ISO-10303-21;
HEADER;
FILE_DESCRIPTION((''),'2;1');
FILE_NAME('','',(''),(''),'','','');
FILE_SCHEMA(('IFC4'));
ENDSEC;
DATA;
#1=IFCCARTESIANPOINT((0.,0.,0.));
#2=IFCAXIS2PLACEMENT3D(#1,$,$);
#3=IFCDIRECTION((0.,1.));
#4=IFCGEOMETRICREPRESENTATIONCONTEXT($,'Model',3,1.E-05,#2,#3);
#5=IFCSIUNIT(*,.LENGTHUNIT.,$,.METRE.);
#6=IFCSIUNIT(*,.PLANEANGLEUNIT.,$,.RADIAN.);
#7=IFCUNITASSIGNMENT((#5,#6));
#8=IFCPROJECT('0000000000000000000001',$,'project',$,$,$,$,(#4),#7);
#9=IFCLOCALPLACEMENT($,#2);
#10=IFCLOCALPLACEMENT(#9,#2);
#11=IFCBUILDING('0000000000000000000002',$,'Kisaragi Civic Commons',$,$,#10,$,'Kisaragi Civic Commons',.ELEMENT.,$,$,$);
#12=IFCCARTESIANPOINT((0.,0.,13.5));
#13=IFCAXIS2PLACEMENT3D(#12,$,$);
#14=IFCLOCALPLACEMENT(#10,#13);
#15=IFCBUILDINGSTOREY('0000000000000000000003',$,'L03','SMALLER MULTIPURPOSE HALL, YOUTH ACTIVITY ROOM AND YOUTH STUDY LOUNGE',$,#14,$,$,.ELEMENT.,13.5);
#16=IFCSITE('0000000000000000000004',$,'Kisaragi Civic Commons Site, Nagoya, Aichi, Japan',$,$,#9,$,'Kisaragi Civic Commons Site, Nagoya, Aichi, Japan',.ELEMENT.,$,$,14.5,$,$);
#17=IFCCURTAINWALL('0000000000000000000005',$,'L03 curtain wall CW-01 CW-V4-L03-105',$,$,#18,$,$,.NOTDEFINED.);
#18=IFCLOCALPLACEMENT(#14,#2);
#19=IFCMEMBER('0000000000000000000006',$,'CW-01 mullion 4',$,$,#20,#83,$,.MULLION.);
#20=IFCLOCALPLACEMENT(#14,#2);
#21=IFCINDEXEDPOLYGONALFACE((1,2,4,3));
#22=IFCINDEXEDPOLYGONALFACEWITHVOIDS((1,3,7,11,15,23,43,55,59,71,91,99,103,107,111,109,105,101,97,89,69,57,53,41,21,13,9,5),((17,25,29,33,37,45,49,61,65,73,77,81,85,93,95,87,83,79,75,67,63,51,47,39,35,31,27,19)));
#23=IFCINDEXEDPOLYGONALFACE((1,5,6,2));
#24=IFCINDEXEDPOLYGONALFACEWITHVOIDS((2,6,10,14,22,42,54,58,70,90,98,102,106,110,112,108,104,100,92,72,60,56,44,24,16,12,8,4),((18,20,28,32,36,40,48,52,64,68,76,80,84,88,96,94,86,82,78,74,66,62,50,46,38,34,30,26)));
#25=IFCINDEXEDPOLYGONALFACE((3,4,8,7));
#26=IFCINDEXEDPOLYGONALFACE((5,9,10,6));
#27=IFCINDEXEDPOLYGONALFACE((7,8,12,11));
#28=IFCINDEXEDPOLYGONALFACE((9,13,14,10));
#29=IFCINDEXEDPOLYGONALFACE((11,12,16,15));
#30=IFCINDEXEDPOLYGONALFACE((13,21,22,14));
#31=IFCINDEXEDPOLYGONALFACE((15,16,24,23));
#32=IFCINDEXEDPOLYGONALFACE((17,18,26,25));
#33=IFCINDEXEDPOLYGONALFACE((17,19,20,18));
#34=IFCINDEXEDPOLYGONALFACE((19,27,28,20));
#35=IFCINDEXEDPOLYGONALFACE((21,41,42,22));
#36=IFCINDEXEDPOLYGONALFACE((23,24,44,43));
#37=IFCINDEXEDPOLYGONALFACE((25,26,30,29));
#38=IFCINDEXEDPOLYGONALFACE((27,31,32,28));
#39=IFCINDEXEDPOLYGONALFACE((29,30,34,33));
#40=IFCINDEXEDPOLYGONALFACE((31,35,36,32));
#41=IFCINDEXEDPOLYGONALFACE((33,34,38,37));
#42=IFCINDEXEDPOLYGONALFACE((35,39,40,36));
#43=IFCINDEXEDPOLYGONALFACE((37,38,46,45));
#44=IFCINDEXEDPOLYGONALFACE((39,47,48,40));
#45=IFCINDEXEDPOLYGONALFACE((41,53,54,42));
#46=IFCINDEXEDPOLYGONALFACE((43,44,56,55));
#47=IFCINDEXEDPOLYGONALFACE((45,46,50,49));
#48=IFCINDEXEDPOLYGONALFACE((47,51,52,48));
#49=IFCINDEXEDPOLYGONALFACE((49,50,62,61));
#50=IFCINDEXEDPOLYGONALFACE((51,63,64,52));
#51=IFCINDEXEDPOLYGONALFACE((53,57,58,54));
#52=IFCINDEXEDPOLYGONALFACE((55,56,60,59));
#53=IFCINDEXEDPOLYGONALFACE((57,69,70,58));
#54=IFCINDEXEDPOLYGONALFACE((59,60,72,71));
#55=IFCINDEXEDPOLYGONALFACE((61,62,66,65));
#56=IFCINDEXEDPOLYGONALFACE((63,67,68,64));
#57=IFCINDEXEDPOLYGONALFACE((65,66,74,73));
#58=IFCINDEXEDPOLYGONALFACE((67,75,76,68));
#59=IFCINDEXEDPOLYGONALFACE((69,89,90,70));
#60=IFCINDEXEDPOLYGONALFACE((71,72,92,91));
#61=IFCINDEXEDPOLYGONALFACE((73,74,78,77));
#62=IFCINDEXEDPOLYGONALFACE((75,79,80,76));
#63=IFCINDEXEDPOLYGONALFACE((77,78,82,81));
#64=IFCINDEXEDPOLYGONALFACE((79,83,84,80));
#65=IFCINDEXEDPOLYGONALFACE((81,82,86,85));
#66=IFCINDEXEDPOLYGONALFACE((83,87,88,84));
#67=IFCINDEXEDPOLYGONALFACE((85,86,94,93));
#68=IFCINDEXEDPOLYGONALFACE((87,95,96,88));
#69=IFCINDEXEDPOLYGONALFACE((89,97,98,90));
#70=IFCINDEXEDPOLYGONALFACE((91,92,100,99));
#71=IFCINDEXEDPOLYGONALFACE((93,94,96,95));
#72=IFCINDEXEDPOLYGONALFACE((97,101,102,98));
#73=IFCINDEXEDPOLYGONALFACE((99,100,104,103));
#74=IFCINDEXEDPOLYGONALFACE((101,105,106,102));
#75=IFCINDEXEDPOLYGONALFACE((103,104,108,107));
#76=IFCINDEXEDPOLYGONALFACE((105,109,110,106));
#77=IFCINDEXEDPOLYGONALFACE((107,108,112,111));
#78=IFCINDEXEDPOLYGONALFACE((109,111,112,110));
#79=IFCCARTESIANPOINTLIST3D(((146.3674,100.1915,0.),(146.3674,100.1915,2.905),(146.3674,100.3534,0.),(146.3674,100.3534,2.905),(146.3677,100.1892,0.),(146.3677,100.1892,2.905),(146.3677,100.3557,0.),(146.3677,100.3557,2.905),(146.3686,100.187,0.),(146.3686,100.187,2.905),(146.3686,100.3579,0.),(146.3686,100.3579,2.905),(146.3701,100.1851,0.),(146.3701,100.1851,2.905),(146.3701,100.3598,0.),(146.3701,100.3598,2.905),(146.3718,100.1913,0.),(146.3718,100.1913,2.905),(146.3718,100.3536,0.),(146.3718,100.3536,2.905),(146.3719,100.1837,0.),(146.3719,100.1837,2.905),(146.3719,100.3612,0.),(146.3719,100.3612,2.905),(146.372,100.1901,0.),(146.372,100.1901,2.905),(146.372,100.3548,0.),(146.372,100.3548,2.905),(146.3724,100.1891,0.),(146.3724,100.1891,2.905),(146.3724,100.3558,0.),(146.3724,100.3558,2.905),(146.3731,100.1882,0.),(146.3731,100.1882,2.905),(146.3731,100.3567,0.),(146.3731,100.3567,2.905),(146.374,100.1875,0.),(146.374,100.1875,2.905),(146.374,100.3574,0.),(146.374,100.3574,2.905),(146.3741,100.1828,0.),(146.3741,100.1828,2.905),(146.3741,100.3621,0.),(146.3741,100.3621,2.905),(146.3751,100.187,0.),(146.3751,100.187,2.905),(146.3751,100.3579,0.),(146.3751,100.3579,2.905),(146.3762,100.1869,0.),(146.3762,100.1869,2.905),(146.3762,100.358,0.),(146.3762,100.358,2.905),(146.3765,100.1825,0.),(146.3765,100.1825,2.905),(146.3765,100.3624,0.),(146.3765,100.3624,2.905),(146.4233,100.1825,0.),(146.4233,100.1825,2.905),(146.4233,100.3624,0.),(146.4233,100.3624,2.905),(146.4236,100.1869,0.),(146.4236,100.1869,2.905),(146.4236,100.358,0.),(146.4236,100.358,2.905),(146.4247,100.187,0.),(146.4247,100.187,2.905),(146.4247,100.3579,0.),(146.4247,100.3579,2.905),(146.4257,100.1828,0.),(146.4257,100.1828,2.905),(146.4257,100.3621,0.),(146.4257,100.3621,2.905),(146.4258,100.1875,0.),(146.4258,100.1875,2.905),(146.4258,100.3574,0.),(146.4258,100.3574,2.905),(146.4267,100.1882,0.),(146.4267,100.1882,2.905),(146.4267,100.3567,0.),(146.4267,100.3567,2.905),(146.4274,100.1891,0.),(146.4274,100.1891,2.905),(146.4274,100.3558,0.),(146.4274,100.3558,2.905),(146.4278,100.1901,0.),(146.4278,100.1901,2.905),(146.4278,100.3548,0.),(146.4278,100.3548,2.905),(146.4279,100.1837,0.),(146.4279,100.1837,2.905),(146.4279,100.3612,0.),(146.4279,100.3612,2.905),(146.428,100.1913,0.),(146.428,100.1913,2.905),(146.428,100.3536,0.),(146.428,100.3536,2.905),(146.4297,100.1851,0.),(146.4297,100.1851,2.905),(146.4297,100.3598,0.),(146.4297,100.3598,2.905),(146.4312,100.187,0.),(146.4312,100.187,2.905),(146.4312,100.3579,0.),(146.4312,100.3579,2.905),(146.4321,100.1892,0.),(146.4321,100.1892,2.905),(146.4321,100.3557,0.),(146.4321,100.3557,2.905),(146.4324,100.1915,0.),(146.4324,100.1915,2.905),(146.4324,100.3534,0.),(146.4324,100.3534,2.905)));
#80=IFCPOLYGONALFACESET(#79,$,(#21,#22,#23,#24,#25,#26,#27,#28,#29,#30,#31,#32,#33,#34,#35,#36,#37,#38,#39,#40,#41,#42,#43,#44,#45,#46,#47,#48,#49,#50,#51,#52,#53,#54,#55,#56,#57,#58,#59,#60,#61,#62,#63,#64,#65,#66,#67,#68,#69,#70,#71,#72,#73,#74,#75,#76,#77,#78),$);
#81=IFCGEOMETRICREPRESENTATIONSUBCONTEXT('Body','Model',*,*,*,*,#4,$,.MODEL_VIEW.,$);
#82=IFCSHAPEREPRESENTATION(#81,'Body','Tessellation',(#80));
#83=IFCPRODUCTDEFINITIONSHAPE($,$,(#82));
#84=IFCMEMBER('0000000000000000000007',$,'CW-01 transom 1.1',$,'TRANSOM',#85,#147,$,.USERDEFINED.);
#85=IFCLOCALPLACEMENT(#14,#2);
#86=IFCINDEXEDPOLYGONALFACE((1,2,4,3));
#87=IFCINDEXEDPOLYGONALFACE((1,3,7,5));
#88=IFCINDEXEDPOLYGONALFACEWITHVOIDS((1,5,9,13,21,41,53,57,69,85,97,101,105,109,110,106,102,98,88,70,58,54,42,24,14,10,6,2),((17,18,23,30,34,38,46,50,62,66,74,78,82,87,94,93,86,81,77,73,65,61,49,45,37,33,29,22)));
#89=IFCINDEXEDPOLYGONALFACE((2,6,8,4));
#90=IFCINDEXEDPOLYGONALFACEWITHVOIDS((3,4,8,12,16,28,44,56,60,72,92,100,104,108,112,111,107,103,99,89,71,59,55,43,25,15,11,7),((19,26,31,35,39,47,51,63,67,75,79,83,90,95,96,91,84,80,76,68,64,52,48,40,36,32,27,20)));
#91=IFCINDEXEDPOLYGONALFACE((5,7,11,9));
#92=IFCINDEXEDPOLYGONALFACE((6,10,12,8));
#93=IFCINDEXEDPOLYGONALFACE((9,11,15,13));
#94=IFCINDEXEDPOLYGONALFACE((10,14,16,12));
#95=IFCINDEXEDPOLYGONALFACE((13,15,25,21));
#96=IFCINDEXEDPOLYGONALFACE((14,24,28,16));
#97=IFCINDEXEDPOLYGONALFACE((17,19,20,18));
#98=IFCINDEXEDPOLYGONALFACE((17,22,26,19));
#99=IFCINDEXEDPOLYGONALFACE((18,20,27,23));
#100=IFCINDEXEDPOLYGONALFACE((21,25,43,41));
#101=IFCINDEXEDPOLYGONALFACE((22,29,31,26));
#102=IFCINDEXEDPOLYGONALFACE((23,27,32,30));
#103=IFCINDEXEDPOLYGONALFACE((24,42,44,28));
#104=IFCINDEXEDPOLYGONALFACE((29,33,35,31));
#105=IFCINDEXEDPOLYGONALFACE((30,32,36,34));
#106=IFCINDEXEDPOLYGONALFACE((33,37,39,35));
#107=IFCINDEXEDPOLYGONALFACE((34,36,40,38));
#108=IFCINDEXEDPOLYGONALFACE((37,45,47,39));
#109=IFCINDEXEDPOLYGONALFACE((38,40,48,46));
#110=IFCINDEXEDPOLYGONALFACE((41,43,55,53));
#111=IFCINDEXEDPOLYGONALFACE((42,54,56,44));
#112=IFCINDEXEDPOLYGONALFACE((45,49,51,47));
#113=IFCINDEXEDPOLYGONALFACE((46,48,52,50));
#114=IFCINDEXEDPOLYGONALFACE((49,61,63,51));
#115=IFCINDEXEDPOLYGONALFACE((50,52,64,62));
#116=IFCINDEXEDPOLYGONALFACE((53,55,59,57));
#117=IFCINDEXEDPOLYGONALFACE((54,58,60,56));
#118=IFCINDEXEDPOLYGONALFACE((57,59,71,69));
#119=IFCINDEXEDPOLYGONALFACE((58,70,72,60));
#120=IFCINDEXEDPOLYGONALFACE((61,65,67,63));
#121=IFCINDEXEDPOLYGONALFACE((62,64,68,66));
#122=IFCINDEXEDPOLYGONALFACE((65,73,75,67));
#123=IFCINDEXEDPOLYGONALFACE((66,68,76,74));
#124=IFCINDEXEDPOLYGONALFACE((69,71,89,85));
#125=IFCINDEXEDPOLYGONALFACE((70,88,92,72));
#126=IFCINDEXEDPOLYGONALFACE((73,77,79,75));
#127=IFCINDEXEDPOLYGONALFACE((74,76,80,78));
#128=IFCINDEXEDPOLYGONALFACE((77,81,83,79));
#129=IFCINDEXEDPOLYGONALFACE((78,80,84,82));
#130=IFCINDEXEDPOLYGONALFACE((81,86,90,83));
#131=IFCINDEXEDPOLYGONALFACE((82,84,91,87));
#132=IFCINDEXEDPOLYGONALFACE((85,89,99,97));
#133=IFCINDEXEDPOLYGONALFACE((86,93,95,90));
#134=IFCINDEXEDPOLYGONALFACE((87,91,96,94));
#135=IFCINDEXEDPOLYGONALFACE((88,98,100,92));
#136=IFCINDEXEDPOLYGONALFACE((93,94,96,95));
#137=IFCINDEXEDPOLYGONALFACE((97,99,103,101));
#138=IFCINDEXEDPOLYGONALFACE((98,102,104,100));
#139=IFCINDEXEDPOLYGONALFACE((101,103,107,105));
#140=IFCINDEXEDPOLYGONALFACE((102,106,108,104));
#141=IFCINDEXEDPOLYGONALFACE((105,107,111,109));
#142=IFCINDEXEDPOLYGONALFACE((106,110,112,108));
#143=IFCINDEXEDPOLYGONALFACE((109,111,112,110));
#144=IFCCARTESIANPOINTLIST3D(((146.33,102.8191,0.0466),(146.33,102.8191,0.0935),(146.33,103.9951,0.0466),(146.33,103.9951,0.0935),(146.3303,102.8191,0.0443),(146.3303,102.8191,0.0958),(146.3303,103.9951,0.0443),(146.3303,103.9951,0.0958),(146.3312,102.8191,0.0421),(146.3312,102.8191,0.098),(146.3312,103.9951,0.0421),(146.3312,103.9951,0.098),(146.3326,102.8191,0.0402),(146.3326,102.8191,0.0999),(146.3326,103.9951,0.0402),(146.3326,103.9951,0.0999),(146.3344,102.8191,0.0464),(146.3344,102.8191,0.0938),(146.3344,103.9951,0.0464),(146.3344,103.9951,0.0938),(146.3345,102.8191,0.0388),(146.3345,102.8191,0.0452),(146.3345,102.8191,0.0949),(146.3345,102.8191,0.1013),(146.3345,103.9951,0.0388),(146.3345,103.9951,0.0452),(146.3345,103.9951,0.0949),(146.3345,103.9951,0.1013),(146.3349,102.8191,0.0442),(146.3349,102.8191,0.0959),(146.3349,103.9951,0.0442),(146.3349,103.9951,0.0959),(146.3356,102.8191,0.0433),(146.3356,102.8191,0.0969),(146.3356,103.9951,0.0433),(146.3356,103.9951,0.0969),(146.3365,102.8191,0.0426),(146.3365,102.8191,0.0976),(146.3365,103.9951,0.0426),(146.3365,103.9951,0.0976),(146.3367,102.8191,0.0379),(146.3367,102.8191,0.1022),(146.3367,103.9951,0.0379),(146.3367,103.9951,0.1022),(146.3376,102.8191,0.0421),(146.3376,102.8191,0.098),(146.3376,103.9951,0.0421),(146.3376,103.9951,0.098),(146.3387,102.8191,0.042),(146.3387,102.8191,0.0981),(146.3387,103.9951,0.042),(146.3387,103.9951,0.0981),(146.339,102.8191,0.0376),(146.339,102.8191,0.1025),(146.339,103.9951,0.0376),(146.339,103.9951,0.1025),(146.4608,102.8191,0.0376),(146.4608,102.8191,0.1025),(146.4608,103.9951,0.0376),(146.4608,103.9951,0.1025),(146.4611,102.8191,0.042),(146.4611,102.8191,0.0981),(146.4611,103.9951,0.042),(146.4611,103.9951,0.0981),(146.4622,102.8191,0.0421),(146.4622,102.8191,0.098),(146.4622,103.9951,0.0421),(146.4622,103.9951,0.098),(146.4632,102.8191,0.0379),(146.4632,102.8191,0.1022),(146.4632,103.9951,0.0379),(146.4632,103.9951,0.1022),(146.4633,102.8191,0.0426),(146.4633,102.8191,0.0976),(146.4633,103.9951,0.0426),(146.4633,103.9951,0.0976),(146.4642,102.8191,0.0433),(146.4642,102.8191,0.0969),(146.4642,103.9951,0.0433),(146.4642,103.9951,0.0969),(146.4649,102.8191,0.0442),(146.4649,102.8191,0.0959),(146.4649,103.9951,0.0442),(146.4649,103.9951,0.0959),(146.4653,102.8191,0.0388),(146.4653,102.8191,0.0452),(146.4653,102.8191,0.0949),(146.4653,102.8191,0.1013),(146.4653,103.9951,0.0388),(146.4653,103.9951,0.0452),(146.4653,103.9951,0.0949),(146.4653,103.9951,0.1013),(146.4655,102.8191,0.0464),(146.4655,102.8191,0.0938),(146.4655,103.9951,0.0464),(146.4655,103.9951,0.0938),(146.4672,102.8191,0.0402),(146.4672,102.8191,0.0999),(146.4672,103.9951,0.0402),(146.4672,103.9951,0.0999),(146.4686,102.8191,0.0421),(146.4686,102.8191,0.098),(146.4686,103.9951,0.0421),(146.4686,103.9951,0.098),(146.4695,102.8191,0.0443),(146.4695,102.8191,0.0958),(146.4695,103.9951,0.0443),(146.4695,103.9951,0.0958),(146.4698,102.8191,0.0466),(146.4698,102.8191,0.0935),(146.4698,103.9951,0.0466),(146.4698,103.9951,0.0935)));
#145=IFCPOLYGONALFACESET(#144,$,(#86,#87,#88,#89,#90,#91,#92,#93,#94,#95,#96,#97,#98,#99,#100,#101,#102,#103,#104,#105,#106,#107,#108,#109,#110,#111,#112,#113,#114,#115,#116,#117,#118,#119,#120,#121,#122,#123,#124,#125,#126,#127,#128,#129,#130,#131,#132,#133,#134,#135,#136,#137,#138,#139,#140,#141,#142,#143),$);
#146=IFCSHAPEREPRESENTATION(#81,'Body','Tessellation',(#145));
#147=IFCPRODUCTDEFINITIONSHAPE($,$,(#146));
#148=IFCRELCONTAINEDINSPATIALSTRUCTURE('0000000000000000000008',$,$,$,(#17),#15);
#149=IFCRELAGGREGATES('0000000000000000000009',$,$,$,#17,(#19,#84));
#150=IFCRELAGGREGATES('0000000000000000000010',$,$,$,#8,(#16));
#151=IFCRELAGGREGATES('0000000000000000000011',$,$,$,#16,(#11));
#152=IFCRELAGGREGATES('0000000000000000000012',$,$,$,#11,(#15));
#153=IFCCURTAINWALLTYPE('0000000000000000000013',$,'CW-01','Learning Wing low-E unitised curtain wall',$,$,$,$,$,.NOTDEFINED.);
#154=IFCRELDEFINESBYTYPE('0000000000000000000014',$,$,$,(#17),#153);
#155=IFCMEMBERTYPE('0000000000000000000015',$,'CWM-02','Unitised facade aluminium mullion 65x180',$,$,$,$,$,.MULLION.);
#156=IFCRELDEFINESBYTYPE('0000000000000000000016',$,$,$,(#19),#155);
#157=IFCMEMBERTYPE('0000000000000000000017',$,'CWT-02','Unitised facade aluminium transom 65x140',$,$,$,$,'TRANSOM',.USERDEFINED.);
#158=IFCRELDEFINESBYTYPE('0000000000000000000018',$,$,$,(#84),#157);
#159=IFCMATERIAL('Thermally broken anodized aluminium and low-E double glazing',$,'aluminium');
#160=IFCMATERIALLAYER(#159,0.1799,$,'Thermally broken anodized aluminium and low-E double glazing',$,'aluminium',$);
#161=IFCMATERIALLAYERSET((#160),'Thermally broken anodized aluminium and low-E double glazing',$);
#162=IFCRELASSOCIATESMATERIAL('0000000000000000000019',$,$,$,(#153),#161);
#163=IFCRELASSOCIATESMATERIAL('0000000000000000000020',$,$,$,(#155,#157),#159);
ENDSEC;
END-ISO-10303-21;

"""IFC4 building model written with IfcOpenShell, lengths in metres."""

from ifc_helpers import new_model, si_unit, direction, frame, origin, origin_2d, place, context, subcontext, project, spatial, hollow_rectangle, extrude, material, layer, layer_set, material_profile, profile_set, type_object, element, aggregate, save


model = new_model("IFC4")

# Units and contexts
model_context = context("Model", 3, precision=1e-05, world=origin(), true_north=direction((0.0, 1.0)))
body_context = subcontext(model_context, "Body", "Model", "MODEL_VIEW")
ifc_project = project(units=[si_unit("LENGTHUNIT", "METRE"), si_unit("PLANEANGLEUNIT", "RADIAN")], contexts=[model_context])

# Site, building, storey
site_placement = place(None, origin())
site = spatial("IfcSite", under=ifc_project, at=site_placement, Name="Kisaragi Civic Commons Site, Nagoya, Aichi, Japan", LongName="Kisaragi Civic Commons Site, Nagoya, Aichi, Japan", CompositionType="ELEMENT", RefElevation=14.5)
building_placement = place(site_placement, origin())
building = spatial("IfcBuilding", under=site, at=building_placement, Name="Kisaragi Civic Commons", LongName="Kisaragi Civic Commons", CompositionType="ELEMENT")
storey_placement = place(building_placement, frame((0.0, 0.0, 13.5)))
storey = spatial("IfcBuildingStorey", under=building, at=storey_placement, Name="L03", Description="SMALLER MULTIPURPOSE HALL, YOUTH ACTIVITY ROOM AND YOUTH STUDY LOUNGE", CompositionType="ELEMENT", Elevation=13.5)

# Curtain wall, members
ifc_material_1 = material(Name="Thermally broken anodized aluminium and low-E double glazing", Category="aluminium")
ifc_layer_1 = layer(ifc_material_1, 0.1799, Name="Thermally broken anodized aluminium and low-E double glazing", Category="aluminium")
ifc_layer_set_1 = layer_set([ifc_layer_1], Name="Thermally broken anodized aluminium and low-E double glazing")
curtain_wall_type = type_object("IfcCurtainWallType", Name="CW-01", Description="Learning Wing low-E unitised curtain wall", PredefinedType="NOTDEFINED", material=ifc_layer_set_1)
curtain_wall_placement = place(storey_placement, origin())
curtain_wall = element("IfcCurtainWall", 1, at=curtain_wall_placement, inside=storey, type_object=curtain_wall_type, Name="L03 curtain wall CW-01 CW-V4-L03-105", PredefinedType="NOTDEFINED")
ifc_material_profile_1 = material_profile(ifc_material_1, hollow_rectangle(XDim=0.0649, YDim=0.1799, WallThickness=0.0044, InnerFilletRadius=0.0044, OuterFilletRadius=0.009, at=origin_2d()), Name="CWM-65x180x4.5", Category="aluminium")
ifc_profile_set_1 = profile_set([ifc_material_profile_1], Name="Thermally broken anodized aluminium and low-E double glazing")
member_type_1 = type_object("IfcMemberType", Name="CWM-02", Description="Unitised facade aluminium mullion 65x180", PredefinedType="MULLION", material=ifc_profile_set_1)
member_1_placement = place(storey_placement, frame((146.3999, 100.2725, 0.0), z_axis=(0.0, 0.0, 1.0), x_axis=(1.0, 0.0, 0.0)))
member_1 = element("IfcMember", 2, at=member_1_placement, type_object=member_type_1, Name="CW-01 mullion 4", PredefinedType="MULLION", context=body_context, shape_type="SweptSolid", body=[
    extrude(hollow_rectangle(XDim=0.0649, YDim=0.1799, WallThickness=0.0044, InnerFilletRadius=0.0044, OuterFilletRadius=0.009, at=origin_2d()), origin(), (0.0, 0.0, 1.0), 2.905),
])
ifc_material_profile_2 = material_profile(ifc_material_1, hollow_rectangle(XDim=0.1399, YDim=0.0649, WallThickness=0.0044, InnerFilletRadius=0.0044, OuterFilletRadius=0.009, at=origin_2d()), Name="CWT-65x140x4.5", Category="aluminium")
ifc_profile_set_2 = profile_set([ifc_material_profile_2], Name="Thermally broken anodized aluminium and low-E double glazing")
member_type_2 = type_object("IfcMemberType", Name="CWT-02", Description="Unitised facade aluminium transom 65x140", ElementType="TRANSOM", PredefinedType="USERDEFINED", material=ifc_profile_set_2)
member_2_placement = place(storey_placement, frame((146.3999, 103.9951, 0.0701), z_axis=(0.0, -1.0, 0.0), x_axis=(1.0, 0.0, 0.0)))
member_2 = element("IfcMember", 3, at=member_2_placement, type_object=member_type_2, Name="CW-01 transom 1.1", ObjectType="TRANSOM", PredefinedType="USERDEFINED", context=body_context, shape_type="SweptSolid", body=[
    extrude(hollow_rectangle(XDim=0.1399, YDim=0.0649, WallThickness=0.0044, InnerFilletRadius=0.0044, OuterFilletRadius=0.009, at=origin_2d()), origin(), (0.0, 0.0, 1.0), 1.176),
])
aggregate(curtain_wall, [member_1, member_2])

save(model, "model.ifc")
